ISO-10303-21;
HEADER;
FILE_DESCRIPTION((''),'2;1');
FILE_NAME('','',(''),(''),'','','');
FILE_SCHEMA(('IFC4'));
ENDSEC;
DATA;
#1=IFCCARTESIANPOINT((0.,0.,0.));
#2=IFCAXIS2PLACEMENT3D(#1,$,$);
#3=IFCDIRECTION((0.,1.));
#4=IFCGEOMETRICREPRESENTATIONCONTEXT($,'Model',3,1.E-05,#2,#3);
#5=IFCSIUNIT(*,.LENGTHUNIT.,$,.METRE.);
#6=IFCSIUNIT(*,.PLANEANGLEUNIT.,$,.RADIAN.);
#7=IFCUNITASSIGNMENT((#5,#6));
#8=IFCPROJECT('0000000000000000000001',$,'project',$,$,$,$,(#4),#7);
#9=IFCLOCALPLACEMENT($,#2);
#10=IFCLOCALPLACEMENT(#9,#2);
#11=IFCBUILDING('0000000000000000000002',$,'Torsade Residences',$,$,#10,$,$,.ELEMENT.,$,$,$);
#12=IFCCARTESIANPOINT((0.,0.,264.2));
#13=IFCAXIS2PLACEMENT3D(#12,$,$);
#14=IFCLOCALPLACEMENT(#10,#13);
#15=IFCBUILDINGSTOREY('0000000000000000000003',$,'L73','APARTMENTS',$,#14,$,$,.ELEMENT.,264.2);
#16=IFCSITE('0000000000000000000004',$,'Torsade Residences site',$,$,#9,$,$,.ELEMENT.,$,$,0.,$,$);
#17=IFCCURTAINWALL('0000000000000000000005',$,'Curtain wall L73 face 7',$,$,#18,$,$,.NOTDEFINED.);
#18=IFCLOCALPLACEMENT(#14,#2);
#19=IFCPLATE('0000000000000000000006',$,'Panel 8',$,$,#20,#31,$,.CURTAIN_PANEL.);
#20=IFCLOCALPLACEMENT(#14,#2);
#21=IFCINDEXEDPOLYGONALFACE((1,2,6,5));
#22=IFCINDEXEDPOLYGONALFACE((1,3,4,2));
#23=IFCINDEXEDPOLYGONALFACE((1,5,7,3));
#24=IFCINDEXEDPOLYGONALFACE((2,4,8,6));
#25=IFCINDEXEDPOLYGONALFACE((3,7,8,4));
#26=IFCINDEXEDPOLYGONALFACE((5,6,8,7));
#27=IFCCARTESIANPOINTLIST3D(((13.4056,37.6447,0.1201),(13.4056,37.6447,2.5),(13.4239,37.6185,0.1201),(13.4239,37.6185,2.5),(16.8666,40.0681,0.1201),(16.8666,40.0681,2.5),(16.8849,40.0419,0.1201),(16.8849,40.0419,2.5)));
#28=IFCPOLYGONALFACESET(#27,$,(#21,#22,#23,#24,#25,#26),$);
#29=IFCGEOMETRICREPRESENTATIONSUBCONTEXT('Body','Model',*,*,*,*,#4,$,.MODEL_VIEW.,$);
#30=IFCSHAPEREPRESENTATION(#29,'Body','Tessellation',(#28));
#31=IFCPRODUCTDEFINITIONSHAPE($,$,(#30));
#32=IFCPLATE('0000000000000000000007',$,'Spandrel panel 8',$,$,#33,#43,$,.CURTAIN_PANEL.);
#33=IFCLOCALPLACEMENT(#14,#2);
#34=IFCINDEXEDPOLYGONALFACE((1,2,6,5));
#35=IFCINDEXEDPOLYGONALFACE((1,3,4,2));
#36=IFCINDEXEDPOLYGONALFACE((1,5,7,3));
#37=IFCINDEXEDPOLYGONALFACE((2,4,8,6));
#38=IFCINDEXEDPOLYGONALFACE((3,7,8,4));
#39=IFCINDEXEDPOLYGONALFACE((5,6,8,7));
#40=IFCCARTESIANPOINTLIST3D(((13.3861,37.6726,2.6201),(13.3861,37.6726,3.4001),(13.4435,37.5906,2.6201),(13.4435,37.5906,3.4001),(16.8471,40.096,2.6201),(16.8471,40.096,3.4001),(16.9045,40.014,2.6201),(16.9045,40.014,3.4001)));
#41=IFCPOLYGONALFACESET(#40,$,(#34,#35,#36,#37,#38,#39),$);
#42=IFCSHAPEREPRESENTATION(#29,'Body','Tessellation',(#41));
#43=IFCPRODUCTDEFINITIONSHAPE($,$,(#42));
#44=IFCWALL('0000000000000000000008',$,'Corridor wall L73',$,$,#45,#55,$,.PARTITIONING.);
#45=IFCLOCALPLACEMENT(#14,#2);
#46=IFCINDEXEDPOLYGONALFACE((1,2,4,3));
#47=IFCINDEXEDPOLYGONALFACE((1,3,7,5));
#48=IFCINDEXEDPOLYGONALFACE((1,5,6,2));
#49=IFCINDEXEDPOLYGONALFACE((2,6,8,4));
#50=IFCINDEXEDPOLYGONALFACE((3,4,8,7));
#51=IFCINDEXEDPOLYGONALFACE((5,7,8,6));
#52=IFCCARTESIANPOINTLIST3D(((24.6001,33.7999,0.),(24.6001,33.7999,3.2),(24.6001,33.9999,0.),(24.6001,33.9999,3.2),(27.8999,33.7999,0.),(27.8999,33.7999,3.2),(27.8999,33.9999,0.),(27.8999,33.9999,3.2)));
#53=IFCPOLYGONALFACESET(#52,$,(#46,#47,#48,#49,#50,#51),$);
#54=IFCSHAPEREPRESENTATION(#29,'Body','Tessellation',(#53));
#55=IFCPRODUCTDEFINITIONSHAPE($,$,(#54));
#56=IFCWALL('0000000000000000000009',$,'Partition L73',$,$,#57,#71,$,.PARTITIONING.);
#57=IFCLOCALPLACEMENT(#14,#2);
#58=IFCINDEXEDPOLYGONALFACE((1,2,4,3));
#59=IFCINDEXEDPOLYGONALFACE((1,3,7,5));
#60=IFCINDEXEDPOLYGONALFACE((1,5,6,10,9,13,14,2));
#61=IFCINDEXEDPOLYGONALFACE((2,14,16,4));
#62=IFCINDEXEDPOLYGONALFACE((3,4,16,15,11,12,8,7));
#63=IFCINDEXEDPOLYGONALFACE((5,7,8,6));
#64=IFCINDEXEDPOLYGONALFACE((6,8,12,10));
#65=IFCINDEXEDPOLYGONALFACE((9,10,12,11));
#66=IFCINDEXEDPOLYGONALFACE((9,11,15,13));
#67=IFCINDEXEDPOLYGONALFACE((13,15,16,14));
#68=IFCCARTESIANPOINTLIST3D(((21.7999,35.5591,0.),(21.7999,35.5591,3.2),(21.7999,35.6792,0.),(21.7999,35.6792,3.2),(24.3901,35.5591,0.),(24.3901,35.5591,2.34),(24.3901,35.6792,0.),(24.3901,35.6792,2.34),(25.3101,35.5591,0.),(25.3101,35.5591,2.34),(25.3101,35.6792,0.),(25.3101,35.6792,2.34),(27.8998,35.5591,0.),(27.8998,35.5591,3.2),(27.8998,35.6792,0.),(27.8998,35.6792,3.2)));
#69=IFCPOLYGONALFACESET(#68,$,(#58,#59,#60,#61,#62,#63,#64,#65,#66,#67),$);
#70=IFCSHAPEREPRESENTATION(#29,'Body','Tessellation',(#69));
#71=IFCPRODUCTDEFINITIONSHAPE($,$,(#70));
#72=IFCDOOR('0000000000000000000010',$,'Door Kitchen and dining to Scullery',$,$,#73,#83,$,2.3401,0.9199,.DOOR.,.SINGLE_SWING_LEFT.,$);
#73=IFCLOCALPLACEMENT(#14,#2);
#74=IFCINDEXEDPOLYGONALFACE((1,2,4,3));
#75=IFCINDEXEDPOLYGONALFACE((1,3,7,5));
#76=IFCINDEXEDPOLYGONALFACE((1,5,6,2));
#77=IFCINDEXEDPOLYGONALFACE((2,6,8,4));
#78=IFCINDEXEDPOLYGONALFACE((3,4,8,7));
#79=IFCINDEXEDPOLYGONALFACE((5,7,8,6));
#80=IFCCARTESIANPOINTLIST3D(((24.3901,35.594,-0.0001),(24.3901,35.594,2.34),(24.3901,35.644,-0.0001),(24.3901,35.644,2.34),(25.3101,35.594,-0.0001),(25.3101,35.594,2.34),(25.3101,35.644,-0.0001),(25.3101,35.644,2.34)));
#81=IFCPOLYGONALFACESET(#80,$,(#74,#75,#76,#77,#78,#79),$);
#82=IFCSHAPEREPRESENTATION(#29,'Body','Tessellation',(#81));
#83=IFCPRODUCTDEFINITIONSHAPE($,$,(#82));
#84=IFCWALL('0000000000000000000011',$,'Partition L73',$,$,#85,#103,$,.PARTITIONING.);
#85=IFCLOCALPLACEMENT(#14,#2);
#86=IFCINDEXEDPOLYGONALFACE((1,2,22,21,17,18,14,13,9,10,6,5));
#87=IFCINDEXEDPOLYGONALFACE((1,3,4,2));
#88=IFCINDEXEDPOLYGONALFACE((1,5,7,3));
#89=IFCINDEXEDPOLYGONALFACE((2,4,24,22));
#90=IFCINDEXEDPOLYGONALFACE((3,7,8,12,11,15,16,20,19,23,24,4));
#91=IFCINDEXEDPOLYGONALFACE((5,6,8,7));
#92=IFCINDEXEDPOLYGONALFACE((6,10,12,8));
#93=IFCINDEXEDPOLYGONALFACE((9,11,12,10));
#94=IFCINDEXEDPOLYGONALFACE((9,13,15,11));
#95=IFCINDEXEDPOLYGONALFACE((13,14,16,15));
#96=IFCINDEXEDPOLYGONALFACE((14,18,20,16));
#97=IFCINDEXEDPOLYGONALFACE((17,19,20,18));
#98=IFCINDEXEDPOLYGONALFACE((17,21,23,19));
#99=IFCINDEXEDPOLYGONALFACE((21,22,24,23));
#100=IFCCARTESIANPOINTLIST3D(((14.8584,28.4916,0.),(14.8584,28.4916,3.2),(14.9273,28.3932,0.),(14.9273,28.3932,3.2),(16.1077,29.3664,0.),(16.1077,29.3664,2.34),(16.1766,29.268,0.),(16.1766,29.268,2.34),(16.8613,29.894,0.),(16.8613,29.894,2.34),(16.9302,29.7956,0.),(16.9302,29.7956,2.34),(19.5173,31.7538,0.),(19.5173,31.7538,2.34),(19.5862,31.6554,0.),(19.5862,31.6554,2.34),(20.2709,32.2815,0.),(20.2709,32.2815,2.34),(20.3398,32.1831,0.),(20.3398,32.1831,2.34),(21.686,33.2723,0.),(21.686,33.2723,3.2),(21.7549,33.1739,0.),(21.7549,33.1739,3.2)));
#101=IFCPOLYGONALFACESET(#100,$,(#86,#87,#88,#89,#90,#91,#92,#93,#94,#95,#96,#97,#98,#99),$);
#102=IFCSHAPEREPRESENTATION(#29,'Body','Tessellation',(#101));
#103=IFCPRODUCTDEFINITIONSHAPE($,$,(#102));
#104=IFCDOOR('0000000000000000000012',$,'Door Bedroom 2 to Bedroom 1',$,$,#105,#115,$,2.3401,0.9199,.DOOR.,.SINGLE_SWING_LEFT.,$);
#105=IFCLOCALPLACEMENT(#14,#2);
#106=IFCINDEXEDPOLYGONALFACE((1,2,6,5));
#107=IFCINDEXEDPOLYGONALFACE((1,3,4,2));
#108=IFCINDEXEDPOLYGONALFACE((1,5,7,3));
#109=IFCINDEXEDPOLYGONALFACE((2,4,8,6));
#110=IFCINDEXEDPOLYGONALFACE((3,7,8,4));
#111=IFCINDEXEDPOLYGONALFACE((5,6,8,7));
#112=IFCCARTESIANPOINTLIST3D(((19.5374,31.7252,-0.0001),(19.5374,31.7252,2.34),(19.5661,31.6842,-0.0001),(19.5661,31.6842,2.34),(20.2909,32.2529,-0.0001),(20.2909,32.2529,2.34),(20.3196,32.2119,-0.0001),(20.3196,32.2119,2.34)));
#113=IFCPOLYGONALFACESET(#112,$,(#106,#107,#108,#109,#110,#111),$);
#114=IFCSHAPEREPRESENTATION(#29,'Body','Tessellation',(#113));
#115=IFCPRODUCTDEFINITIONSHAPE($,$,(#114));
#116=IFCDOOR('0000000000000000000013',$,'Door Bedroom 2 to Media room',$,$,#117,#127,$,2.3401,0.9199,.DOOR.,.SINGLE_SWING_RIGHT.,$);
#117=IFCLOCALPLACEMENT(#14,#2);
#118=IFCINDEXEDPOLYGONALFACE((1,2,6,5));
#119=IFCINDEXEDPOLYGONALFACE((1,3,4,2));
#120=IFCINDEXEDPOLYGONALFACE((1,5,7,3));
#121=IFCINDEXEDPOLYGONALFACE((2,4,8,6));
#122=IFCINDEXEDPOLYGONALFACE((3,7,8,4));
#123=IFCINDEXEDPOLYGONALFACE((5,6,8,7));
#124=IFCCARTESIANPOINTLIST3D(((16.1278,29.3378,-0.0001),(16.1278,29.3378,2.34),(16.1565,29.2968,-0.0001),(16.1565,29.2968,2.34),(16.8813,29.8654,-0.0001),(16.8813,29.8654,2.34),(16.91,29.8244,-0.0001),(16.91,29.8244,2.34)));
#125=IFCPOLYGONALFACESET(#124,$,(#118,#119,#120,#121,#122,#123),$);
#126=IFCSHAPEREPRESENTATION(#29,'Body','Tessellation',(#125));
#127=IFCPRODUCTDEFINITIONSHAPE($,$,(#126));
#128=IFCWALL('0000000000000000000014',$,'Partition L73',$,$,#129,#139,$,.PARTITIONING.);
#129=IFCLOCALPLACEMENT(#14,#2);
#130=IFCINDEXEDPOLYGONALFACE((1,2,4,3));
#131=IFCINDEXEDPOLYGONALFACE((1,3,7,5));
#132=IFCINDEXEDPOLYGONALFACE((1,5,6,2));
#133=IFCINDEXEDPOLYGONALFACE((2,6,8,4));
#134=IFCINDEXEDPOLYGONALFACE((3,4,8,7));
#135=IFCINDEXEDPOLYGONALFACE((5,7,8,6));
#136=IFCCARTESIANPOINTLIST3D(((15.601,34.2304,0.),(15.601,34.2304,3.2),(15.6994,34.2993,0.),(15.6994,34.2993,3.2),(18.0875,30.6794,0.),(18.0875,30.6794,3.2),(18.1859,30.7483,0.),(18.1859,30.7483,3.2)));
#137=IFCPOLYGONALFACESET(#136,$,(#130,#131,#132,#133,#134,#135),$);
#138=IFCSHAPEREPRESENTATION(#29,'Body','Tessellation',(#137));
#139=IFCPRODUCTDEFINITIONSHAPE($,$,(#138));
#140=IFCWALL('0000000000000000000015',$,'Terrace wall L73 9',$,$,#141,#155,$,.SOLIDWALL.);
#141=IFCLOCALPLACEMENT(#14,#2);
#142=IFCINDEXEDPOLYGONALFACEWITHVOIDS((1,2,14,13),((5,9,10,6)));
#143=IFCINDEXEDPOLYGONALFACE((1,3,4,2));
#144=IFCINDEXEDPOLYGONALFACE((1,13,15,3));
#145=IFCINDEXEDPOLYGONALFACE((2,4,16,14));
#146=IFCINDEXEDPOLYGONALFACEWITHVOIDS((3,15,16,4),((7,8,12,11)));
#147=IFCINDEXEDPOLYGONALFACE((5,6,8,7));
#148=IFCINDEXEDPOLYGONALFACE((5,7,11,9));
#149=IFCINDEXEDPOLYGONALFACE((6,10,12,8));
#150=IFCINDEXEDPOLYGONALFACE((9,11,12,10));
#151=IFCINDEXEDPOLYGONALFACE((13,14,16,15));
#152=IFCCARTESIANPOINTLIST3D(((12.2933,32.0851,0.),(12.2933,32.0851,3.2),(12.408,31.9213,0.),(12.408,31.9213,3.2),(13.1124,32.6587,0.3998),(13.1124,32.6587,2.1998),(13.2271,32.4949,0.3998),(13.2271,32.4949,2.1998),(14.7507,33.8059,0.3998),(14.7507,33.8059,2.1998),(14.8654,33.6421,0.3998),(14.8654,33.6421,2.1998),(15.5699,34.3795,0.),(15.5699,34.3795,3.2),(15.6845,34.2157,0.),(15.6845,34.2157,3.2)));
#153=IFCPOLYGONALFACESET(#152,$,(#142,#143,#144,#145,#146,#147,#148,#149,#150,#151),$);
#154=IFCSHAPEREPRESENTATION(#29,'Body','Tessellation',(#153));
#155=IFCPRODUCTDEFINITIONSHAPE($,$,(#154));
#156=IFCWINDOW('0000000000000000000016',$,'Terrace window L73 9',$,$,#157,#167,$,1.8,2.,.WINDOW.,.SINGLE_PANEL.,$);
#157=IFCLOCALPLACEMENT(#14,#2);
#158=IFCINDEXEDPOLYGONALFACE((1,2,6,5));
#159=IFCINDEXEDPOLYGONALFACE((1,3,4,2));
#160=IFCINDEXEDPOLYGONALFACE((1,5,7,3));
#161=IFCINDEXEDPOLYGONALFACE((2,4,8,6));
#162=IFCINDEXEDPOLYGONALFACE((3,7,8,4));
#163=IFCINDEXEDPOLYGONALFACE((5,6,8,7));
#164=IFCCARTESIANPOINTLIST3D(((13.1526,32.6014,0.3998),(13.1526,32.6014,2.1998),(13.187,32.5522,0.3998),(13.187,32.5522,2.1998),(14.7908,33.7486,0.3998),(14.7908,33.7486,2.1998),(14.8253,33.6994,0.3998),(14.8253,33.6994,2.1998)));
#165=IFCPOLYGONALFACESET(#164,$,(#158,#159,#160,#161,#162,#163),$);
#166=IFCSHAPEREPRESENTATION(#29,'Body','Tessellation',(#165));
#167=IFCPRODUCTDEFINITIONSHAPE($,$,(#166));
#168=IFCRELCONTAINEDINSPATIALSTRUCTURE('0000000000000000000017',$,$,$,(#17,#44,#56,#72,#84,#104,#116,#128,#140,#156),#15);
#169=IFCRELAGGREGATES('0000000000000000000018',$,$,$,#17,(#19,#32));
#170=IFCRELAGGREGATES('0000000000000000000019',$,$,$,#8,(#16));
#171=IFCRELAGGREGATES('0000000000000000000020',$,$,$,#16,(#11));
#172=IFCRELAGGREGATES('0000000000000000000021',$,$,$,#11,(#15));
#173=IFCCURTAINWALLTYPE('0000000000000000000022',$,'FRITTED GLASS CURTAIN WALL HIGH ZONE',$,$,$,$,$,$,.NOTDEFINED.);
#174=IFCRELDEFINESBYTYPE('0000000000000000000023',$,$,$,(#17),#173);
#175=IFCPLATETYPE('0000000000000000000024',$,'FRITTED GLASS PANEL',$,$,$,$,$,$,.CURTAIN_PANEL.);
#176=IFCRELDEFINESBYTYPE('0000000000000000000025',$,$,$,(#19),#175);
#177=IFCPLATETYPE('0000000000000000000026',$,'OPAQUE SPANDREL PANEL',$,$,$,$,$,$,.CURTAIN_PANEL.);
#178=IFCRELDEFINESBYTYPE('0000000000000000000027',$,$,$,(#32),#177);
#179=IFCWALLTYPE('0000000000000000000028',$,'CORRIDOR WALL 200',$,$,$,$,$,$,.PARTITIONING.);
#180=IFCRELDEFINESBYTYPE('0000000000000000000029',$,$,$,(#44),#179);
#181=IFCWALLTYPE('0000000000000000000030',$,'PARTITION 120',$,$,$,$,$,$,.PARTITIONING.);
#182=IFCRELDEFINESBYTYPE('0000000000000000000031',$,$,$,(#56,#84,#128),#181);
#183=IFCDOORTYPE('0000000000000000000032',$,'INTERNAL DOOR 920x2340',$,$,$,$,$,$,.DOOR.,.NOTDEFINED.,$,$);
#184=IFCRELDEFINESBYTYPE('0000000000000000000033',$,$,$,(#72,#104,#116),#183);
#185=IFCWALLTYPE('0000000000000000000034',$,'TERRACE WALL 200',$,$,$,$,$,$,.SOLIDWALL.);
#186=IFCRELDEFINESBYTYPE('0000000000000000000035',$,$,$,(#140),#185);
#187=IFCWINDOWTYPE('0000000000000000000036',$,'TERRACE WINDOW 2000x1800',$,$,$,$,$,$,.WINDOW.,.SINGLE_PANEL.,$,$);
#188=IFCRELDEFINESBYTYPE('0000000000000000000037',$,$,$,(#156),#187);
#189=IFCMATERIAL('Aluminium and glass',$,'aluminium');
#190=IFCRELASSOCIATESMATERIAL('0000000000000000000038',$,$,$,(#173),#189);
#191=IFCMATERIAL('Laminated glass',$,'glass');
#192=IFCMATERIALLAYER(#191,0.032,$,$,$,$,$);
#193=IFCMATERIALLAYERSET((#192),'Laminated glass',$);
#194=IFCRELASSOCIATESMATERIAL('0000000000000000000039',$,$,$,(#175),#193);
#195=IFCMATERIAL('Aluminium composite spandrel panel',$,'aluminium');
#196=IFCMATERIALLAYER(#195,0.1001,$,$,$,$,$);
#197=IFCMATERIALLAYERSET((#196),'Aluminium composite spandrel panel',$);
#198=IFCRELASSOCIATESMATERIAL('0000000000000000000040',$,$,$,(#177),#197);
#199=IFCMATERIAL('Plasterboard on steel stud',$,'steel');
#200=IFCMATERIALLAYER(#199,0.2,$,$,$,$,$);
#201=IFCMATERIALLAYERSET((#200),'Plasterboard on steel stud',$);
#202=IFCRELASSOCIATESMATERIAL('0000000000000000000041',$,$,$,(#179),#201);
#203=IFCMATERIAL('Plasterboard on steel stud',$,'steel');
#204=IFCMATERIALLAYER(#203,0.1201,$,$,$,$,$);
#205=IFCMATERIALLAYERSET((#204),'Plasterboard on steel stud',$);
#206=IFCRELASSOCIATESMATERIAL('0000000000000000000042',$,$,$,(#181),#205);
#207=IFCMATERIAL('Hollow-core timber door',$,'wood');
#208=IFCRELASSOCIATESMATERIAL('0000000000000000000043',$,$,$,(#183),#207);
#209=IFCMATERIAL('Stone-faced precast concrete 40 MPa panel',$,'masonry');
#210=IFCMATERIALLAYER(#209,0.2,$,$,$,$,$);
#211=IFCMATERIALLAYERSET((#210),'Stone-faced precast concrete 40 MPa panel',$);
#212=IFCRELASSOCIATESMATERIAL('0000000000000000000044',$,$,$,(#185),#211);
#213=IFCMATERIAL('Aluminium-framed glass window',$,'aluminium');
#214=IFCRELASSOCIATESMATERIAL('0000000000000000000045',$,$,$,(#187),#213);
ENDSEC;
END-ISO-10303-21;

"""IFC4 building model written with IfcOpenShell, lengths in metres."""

from ifc_helpers import new_model, si_unit, direction, frame, frame_2d, origin, origin_2d, place, context, subcontext, project, spatial, rectangle, extrude, material, layer, layer_set, type_object, element, fill, aggregate, save


model = new_model("IFC4")

# Units and contexts
model_context = context("Model", 3, precision=1e-05, world=origin(), true_north=direction((0.0, 1.0)))
body_context = subcontext(model_context, "Body", "Model", "MODEL_VIEW")
ifc_project = project(units=[si_unit("LENGTHUNIT", "METRE"), si_unit("PLANEANGLEUNIT", "RADIAN")], contexts=[model_context])

# Site, building, storey
site_placement = place(None, origin())
site = spatial("IfcSite", under=ifc_project, at=site_placement, Name="Torsade Residences site", CompositionType="ELEMENT", RefElevation=0.0)
building_placement = place(site_placement, origin())
building = spatial("IfcBuilding", under=site, at=building_placement, Name="Torsade Residences", CompositionType="ELEMENT")
storey_placement = place(building_placement, frame((0.0, 0.0, 264.2)))
storey = spatial("IfcBuildingStorey", under=building, at=storey_placement, Name="L73", Description="APARTMENTS", CompositionType="ELEMENT", Elevation=264.2)

# Curtain wall, plates
ifc_material_1 = material(Name="Aluminium and glass", Category="aluminium")
curtain_wall_type = type_object("IfcCurtainWallType", Name="FRITTED GLASS CURTAIN WALL HIGH ZONE", PredefinedType="NOTDEFINED", material=ifc_material_1)
curtain_wall_placement = place(storey_placement, origin())
curtain_wall = element("IfcCurtainWall", 1, at=curtain_wall_placement, inside=storey, type_object=curtain_wall_type, Name="Curtain wall L73 face 7", PredefinedType="NOTDEFINED")
ifc_material_2 = material(Name="Laminated glass", Category="glass")
ifc_layer_1 = layer(ifc_material_2, 0.032)
ifc_layer_set_1 = layer_set([ifc_layer_1], Name="Laminated glass")
plate_type_1 = type_object("IfcPlateType", Name="FRITTED GLASS PANEL", PredefinedType="CURTAIN_PANEL", material=ifc_layer_set_1)
plate_1_placement = place(storey_placement, frame((15.1453, 38.8433, 0.1201), z_axis=(0.0, 0.0, 1.0), x_axis=(-0.819152, -0.573576, 0.0)))
plate_1 = element("IfcPlate", 2, at=plate_1_placement, type_object=plate_type_1, Name="Panel 8", PredefinedType="CURTAIN_PANEL", context=body_context, shape_type="SweptSolid", body=[
    extrude(rectangle(XDim=4.2251, YDim=0.032, at=origin_2d()), origin(), (0.0, 0.0, 1.0), 2.3799),
])
ifc_material_3 = material(Name="Aluminium composite spandrel panel", Category="aluminium")
ifc_layer_2 = layer(ifc_material_3, 0.1001)
ifc_layer_set_2 = layer_set([ifc_layer_2], Name="Aluminium composite spandrel panel")
plate_type_2 = type_object("IfcPlateType", Name="OPAQUE SPANDREL PANEL", PredefinedType="CURTAIN_PANEL", material=ifc_layer_set_2)
plate_2_placement = place(storey_placement, frame((15.1453, 38.8433, 2.6201), z_axis=(0.0, 0.0, 1.0), x_axis=(-0.819152, -0.573576, 0.0)))
plate_2 = element("IfcPlate", 3, at=plate_2_placement, type_object=plate_type_2, Name="Spandrel panel 8", PredefinedType="CURTAIN_PANEL", context=body_context, shape_type="SweptSolid", body=[
    extrude(rectangle(XDim=4.2251, YDim=0.1001, at=origin_2d()), origin(), (0.0, 0.0, 1.0), 0.78),
])
aggregate(curtain_wall, [plate_1, plate_2])

# Wall
ifc_material_4 = material(Name="Plasterboard on steel stud", Category="steel")
ifc_layer_3 = layer(ifc_material_4, 0.2)
ifc_layer_set_3 = layer_set([ifc_layer_3], Name="Plasterboard on steel stud")
wall_type_1 = type_object("IfcWallType", Name="CORRIDOR WALL 200", PredefinedType="PARTITIONING", material=ifc_layer_set_3)
wall_1_placement = place(storey_placement, frame((27.8999, 33.8999, 0.0), z_axis=(0.0, 0.0, 1.0), x_axis=(-1.0, 0.0, 0.0)))
element("IfcWall", 4, at=wall_1_placement, inside=storey, type_object=wall_type_1, Name="Corridor wall L73", PredefinedType="PARTITIONING", context=body_context, shape_type="SweptSolid", body=[
    extrude(rectangle(XDim=3.2998, YDim=0.2, at=frame_2d((1.6499, 0.0))), origin(), (0.0, 0.0, 1.0), 3.2),
])

# Wall, opening, door
ifc_material_5 = material(Name="Plasterboard on steel stud", Category="steel")
ifc_layer_4 = layer(ifc_material_5, 0.1201)
ifc_layer_set_4 = layer_set([ifc_layer_4], Name="Plasterboard on steel stud")
wall_type_2 = type_object("IfcWallType", Name="PARTITION 120", PredefinedType="PARTITIONING", material=ifc_layer_set_4)
wall_2_placement = place(storey_placement, frame((21.8, 35.6191, 0.0), z_axis=(0.0, 0.0, 1.0), x_axis=(1.0, 0.0, 0.0)))
wall_2 = element("IfcWall", 5, at=wall_2_placement, inside=storey, type_object=wall_type_2, Name="Partition L73", PredefinedType="PARTITIONING", context=body_context, shape_type="SweptSolid", body=[
    extrude(rectangle(XDim=6.0999, YDim=0.1201, at=frame_2d((3.0498, 0.0))), origin(), (0.0, 0.0, 1.0), 3.2),
])
opening_1_placement = place(wall_2_placement, frame((2.5901, 0.0, 0.0)))
opening_1 = element("IfcOpeningElement", 6, at=opening_1_placement, cuts=wall_2, PredefinedType="OPENING", context=body_context, shape_type="SweptSolid", body=[
    extrude(rectangle(XDim=0.9199, YDim=2.3401, at=frame_2d((0.46, 1.1699))), frame((0.0, 0.0701, 0.0), z_axis=(0.0, -1.0, 0.0), x_axis=(1.0, 0.0, 0.0)), (0.0, 0.0, 1.0), 0.1401),
])
ifc_material_6 = material(Name="Hollow-core timber door", Category="wood")
door_type = type_object("IfcDoorType", Name="INTERNAL DOOR 920x2340", OperationType="NOTDEFINED", PredefinedType="DOOR", material=ifc_material_6)
door_1_placement = place(opening_1_placement, origin())
door_1 = element("IfcDoor", 7, at=door_1_placement, inside=storey, type_object=door_type, Name="Door Kitchen and dining to Scullery", OperationType="SINGLE_SWING_LEFT", OverallHeight=2.3401, OverallWidth=0.9199, PredefinedType="DOOR", context=body_context, shape_type="SweptSolid", body=[
    extrude(rectangle(XDim=0.9199, YDim=2.3401, at=frame_2d((0.46, 1.1699))), frame((0.0, 0.0249, 0.0), z_axis=(0.0, -1.0, 0.0), x_axis=(1.0, 0.0, 0.0)), (0.0, 0.0, 1.0), 0.05),
])
fill(opening_1, door_1)

# Wall, openings, doors
wall_3_placement = place(storey_placement, frame((21.7205, 33.2231, 0.0), z_axis=(0.0, 0.0, 1.0), x_axis=(-0.819152, -0.573576, 0.0)))
wall_3 = element("IfcWall", 8, at=wall_3_placement, inside=storey, type_object=wall_type_2, Name="Partition L73", PredefinedType="PARTITIONING", context=body_context, shape_type="SweptSolid", body=[
    extrude(rectangle(XDim=8.335, YDim=0.1201, at=frame_2d((4.1675, 0.0))), origin(), (0.0, 0.0, 1.0), 3.2),
])
opening_2_placement = place(wall_3_placement, frame((1.7275, 0.0, 0.0)))
opening_2 = element("IfcOpeningElement", 9, at=opening_2_placement, cuts=wall_3, PredefinedType="OPENING", context=body_context, shape_type="SweptSolid", body=[
    extrude(rectangle(XDim=0.9199, YDim=2.3401, at=frame_2d((0.46, 1.1699))), frame((0.0, 0.0701, 0.0), z_axis=(0.0, -1.0, 0.0), x_axis=(1.0, 0.0, 0.0)), (0.0, 0.0, 1.0), 0.1401),
])
opening_3_placement = place(wall_3_placement, frame((5.8899, 0.0, 0.0)))
opening_3 = element("IfcOpeningElement", 10, at=opening_3_placement, cuts=wall_3, PredefinedType="OPENING", context=body_context, shape_type="SweptSolid", body=[
    extrude(rectangle(XDim=0.9199, YDim=2.3401, at=frame_2d((0.46, 1.1699))), frame((0.0, 0.0701, 0.0), z_axis=(0.0, -1.0, 0.0), x_axis=(1.0, 0.0, 0.0)), (0.0, 0.0, 1.0), 0.1401),
])
door_2_placement = place(opening_2_placement, origin())
door_2 = element("IfcDoor", 11, at=door_2_placement, inside=storey, type_object=door_type, Name="Door Bedroom 2 to Bedroom 1", OperationType="SINGLE_SWING_LEFT", OverallHeight=2.3401, OverallWidth=0.9199, PredefinedType="DOOR", context=body_context, shape_type="SweptSolid", body=[
    extrude(rectangle(XDim=0.9199, YDim=2.3401, at=frame_2d((0.46, 1.1699))), frame((0.0, 0.0249, 0.0), z_axis=(0.0, -1.0, 0.0), x_axis=(1.0, 0.0, 0.0)), (0.0, 0.0, 1.0), 0.05),
])
fill(opening_2, door_2)
door_3_placement = place(opening_3_placement, origin())
door_3 = element("IfcDoor", 12, at=door_3_placement, inside=storey, type_object=door_type, Name="Door Bedroom 2 to Media room", OperationType="SINGLE_SWING_RIGHT", OverallHeight=2.3401, OverallWidth=0.9199, PredefinedType="DOOR", context=body_context, shape_type="SweptSolid", body=[
    extrude(rectangle(XDim=0.9199, YDim=2.3401, at=frame_2d((0.46, 1.1699))), frame((0.0, 0.0249, 0.0), z_axis=(0.0, -1.0, 0.0), x_axis=(1.0, 0.0, 0.0)), (0.0, 0.0, 1.0), 0.05),
])
fill(opening_3, door_3)

# Wall
wall_4_placement = place(storey_placement, frame((18.1367, 30.7139, 0.0), z_axis=(0.0, 0.0, 1.0), x_axis=(-0.573595, 0.819139, 0.0)))
element("IfcWall", 13, at=wall_4_placement, inside=storey, type_object=wall_type_2, Name="Partition L73", PredefinedType="PARTITIONING", context=body_context, shape_type="SweptSolid", body=[
    extrude(rectangle(XDim=4.335, YDim=0.1201, at=frame_2d((2.1675, 0.0))), origin(), (0.0, 0.0, 1.0), 3.2),
])

# Wall, opening, window
ifc_material_7 = material(Name="Stone-faced precast concrete 40 MPa panel", Category="masonry")
ifc_layer_5 = layer(ifc_material_7, 0.2)
ifc_layer_set_5 = layer_set([ifc_layer_5], Name="Stone-faced precast concrete 40 MPa panel")
wall_type_3 = type_object("IfcWallType", Name="TERRACE WALL 200", PredefinedType="SOLIDWALL", material=ifc_layer_set_5)
wall_5_placement = place(storey_placement, frame((15.6272, 34.2976, 0.0), z_axis=(0.0, 0.0, 1.0), x_axis=(-0.819137, -0.573598, 0.0)))
wall_5 = element("IfcWall", 14, at=wall_5_placement, inside=storey, type_object=wall_type_3, Name="Terrace wall L73 9", PredefinedType="SOLIDWALL", context=body_context, shape_type="SweptSolid", body=[
    extrude(rectangle(XDim=4.0, YDim=0.2, at=frame_2d((2.0, 0.0))), origin(), (0.0, 0.0, 1.0), 3.2),
])
opening_4_placement = place(wall_5_placement, frame((1.0, 0.0, 0.3999)))
opening_4 = element("IfcOpeningElement", 15, at=opening_4_placement, cuts=wall_5, PredefinedType="OPENING", context=body_context, shape_type="SweptSolid", body=[
    extrude(rectangle(XDim=2.0, YDim=1.8, at=frame_2d((1.0, 0.8999))), frame((0.0, 0.1099, 0.0), z_axis=(0.0, -1.0, 0.0), x_axis=(1.0, 0.0, 0.0)), (0.0, 0.0, 1.0), 0.22),
])
ifc_material_8 = material(Name="Aluminium-framed glass window", Category="aluminium")
window_type = type_object("IfcWindowType", Name="TERRACE WINDOW 2000x1800", PartitioningType="SINGLE_PANEL", PredefinedType="WINDOW", material=ifc_material_8)
window_placement = place(opening_4_placement, origin())
window = element("IfcWindow", 16, at=window_placement, inside=storey, type_object=window_type, Name="Terrace window L73 9", OverallHeight=1.8, OverallWidth=2.0, PartitioningType="SINGLE_PANEL", PredefinedType="WINDOW", context=body_context, shape_type="SweptSolid", body=[
    extrude(rectangle(XDim=2.0, YDim=1.8, at=frame_2d((1.0, 0.8999))), frame((0.0, 0.03, 0.0), z_axis=(0.0, -1.0, 0.0), x_axis=(1.0, 0.0, 0.0)), (0.0, 0.0, 1.0), 0.0601),
])
fill(opening_4, window)

save(model, "model.ifc")
